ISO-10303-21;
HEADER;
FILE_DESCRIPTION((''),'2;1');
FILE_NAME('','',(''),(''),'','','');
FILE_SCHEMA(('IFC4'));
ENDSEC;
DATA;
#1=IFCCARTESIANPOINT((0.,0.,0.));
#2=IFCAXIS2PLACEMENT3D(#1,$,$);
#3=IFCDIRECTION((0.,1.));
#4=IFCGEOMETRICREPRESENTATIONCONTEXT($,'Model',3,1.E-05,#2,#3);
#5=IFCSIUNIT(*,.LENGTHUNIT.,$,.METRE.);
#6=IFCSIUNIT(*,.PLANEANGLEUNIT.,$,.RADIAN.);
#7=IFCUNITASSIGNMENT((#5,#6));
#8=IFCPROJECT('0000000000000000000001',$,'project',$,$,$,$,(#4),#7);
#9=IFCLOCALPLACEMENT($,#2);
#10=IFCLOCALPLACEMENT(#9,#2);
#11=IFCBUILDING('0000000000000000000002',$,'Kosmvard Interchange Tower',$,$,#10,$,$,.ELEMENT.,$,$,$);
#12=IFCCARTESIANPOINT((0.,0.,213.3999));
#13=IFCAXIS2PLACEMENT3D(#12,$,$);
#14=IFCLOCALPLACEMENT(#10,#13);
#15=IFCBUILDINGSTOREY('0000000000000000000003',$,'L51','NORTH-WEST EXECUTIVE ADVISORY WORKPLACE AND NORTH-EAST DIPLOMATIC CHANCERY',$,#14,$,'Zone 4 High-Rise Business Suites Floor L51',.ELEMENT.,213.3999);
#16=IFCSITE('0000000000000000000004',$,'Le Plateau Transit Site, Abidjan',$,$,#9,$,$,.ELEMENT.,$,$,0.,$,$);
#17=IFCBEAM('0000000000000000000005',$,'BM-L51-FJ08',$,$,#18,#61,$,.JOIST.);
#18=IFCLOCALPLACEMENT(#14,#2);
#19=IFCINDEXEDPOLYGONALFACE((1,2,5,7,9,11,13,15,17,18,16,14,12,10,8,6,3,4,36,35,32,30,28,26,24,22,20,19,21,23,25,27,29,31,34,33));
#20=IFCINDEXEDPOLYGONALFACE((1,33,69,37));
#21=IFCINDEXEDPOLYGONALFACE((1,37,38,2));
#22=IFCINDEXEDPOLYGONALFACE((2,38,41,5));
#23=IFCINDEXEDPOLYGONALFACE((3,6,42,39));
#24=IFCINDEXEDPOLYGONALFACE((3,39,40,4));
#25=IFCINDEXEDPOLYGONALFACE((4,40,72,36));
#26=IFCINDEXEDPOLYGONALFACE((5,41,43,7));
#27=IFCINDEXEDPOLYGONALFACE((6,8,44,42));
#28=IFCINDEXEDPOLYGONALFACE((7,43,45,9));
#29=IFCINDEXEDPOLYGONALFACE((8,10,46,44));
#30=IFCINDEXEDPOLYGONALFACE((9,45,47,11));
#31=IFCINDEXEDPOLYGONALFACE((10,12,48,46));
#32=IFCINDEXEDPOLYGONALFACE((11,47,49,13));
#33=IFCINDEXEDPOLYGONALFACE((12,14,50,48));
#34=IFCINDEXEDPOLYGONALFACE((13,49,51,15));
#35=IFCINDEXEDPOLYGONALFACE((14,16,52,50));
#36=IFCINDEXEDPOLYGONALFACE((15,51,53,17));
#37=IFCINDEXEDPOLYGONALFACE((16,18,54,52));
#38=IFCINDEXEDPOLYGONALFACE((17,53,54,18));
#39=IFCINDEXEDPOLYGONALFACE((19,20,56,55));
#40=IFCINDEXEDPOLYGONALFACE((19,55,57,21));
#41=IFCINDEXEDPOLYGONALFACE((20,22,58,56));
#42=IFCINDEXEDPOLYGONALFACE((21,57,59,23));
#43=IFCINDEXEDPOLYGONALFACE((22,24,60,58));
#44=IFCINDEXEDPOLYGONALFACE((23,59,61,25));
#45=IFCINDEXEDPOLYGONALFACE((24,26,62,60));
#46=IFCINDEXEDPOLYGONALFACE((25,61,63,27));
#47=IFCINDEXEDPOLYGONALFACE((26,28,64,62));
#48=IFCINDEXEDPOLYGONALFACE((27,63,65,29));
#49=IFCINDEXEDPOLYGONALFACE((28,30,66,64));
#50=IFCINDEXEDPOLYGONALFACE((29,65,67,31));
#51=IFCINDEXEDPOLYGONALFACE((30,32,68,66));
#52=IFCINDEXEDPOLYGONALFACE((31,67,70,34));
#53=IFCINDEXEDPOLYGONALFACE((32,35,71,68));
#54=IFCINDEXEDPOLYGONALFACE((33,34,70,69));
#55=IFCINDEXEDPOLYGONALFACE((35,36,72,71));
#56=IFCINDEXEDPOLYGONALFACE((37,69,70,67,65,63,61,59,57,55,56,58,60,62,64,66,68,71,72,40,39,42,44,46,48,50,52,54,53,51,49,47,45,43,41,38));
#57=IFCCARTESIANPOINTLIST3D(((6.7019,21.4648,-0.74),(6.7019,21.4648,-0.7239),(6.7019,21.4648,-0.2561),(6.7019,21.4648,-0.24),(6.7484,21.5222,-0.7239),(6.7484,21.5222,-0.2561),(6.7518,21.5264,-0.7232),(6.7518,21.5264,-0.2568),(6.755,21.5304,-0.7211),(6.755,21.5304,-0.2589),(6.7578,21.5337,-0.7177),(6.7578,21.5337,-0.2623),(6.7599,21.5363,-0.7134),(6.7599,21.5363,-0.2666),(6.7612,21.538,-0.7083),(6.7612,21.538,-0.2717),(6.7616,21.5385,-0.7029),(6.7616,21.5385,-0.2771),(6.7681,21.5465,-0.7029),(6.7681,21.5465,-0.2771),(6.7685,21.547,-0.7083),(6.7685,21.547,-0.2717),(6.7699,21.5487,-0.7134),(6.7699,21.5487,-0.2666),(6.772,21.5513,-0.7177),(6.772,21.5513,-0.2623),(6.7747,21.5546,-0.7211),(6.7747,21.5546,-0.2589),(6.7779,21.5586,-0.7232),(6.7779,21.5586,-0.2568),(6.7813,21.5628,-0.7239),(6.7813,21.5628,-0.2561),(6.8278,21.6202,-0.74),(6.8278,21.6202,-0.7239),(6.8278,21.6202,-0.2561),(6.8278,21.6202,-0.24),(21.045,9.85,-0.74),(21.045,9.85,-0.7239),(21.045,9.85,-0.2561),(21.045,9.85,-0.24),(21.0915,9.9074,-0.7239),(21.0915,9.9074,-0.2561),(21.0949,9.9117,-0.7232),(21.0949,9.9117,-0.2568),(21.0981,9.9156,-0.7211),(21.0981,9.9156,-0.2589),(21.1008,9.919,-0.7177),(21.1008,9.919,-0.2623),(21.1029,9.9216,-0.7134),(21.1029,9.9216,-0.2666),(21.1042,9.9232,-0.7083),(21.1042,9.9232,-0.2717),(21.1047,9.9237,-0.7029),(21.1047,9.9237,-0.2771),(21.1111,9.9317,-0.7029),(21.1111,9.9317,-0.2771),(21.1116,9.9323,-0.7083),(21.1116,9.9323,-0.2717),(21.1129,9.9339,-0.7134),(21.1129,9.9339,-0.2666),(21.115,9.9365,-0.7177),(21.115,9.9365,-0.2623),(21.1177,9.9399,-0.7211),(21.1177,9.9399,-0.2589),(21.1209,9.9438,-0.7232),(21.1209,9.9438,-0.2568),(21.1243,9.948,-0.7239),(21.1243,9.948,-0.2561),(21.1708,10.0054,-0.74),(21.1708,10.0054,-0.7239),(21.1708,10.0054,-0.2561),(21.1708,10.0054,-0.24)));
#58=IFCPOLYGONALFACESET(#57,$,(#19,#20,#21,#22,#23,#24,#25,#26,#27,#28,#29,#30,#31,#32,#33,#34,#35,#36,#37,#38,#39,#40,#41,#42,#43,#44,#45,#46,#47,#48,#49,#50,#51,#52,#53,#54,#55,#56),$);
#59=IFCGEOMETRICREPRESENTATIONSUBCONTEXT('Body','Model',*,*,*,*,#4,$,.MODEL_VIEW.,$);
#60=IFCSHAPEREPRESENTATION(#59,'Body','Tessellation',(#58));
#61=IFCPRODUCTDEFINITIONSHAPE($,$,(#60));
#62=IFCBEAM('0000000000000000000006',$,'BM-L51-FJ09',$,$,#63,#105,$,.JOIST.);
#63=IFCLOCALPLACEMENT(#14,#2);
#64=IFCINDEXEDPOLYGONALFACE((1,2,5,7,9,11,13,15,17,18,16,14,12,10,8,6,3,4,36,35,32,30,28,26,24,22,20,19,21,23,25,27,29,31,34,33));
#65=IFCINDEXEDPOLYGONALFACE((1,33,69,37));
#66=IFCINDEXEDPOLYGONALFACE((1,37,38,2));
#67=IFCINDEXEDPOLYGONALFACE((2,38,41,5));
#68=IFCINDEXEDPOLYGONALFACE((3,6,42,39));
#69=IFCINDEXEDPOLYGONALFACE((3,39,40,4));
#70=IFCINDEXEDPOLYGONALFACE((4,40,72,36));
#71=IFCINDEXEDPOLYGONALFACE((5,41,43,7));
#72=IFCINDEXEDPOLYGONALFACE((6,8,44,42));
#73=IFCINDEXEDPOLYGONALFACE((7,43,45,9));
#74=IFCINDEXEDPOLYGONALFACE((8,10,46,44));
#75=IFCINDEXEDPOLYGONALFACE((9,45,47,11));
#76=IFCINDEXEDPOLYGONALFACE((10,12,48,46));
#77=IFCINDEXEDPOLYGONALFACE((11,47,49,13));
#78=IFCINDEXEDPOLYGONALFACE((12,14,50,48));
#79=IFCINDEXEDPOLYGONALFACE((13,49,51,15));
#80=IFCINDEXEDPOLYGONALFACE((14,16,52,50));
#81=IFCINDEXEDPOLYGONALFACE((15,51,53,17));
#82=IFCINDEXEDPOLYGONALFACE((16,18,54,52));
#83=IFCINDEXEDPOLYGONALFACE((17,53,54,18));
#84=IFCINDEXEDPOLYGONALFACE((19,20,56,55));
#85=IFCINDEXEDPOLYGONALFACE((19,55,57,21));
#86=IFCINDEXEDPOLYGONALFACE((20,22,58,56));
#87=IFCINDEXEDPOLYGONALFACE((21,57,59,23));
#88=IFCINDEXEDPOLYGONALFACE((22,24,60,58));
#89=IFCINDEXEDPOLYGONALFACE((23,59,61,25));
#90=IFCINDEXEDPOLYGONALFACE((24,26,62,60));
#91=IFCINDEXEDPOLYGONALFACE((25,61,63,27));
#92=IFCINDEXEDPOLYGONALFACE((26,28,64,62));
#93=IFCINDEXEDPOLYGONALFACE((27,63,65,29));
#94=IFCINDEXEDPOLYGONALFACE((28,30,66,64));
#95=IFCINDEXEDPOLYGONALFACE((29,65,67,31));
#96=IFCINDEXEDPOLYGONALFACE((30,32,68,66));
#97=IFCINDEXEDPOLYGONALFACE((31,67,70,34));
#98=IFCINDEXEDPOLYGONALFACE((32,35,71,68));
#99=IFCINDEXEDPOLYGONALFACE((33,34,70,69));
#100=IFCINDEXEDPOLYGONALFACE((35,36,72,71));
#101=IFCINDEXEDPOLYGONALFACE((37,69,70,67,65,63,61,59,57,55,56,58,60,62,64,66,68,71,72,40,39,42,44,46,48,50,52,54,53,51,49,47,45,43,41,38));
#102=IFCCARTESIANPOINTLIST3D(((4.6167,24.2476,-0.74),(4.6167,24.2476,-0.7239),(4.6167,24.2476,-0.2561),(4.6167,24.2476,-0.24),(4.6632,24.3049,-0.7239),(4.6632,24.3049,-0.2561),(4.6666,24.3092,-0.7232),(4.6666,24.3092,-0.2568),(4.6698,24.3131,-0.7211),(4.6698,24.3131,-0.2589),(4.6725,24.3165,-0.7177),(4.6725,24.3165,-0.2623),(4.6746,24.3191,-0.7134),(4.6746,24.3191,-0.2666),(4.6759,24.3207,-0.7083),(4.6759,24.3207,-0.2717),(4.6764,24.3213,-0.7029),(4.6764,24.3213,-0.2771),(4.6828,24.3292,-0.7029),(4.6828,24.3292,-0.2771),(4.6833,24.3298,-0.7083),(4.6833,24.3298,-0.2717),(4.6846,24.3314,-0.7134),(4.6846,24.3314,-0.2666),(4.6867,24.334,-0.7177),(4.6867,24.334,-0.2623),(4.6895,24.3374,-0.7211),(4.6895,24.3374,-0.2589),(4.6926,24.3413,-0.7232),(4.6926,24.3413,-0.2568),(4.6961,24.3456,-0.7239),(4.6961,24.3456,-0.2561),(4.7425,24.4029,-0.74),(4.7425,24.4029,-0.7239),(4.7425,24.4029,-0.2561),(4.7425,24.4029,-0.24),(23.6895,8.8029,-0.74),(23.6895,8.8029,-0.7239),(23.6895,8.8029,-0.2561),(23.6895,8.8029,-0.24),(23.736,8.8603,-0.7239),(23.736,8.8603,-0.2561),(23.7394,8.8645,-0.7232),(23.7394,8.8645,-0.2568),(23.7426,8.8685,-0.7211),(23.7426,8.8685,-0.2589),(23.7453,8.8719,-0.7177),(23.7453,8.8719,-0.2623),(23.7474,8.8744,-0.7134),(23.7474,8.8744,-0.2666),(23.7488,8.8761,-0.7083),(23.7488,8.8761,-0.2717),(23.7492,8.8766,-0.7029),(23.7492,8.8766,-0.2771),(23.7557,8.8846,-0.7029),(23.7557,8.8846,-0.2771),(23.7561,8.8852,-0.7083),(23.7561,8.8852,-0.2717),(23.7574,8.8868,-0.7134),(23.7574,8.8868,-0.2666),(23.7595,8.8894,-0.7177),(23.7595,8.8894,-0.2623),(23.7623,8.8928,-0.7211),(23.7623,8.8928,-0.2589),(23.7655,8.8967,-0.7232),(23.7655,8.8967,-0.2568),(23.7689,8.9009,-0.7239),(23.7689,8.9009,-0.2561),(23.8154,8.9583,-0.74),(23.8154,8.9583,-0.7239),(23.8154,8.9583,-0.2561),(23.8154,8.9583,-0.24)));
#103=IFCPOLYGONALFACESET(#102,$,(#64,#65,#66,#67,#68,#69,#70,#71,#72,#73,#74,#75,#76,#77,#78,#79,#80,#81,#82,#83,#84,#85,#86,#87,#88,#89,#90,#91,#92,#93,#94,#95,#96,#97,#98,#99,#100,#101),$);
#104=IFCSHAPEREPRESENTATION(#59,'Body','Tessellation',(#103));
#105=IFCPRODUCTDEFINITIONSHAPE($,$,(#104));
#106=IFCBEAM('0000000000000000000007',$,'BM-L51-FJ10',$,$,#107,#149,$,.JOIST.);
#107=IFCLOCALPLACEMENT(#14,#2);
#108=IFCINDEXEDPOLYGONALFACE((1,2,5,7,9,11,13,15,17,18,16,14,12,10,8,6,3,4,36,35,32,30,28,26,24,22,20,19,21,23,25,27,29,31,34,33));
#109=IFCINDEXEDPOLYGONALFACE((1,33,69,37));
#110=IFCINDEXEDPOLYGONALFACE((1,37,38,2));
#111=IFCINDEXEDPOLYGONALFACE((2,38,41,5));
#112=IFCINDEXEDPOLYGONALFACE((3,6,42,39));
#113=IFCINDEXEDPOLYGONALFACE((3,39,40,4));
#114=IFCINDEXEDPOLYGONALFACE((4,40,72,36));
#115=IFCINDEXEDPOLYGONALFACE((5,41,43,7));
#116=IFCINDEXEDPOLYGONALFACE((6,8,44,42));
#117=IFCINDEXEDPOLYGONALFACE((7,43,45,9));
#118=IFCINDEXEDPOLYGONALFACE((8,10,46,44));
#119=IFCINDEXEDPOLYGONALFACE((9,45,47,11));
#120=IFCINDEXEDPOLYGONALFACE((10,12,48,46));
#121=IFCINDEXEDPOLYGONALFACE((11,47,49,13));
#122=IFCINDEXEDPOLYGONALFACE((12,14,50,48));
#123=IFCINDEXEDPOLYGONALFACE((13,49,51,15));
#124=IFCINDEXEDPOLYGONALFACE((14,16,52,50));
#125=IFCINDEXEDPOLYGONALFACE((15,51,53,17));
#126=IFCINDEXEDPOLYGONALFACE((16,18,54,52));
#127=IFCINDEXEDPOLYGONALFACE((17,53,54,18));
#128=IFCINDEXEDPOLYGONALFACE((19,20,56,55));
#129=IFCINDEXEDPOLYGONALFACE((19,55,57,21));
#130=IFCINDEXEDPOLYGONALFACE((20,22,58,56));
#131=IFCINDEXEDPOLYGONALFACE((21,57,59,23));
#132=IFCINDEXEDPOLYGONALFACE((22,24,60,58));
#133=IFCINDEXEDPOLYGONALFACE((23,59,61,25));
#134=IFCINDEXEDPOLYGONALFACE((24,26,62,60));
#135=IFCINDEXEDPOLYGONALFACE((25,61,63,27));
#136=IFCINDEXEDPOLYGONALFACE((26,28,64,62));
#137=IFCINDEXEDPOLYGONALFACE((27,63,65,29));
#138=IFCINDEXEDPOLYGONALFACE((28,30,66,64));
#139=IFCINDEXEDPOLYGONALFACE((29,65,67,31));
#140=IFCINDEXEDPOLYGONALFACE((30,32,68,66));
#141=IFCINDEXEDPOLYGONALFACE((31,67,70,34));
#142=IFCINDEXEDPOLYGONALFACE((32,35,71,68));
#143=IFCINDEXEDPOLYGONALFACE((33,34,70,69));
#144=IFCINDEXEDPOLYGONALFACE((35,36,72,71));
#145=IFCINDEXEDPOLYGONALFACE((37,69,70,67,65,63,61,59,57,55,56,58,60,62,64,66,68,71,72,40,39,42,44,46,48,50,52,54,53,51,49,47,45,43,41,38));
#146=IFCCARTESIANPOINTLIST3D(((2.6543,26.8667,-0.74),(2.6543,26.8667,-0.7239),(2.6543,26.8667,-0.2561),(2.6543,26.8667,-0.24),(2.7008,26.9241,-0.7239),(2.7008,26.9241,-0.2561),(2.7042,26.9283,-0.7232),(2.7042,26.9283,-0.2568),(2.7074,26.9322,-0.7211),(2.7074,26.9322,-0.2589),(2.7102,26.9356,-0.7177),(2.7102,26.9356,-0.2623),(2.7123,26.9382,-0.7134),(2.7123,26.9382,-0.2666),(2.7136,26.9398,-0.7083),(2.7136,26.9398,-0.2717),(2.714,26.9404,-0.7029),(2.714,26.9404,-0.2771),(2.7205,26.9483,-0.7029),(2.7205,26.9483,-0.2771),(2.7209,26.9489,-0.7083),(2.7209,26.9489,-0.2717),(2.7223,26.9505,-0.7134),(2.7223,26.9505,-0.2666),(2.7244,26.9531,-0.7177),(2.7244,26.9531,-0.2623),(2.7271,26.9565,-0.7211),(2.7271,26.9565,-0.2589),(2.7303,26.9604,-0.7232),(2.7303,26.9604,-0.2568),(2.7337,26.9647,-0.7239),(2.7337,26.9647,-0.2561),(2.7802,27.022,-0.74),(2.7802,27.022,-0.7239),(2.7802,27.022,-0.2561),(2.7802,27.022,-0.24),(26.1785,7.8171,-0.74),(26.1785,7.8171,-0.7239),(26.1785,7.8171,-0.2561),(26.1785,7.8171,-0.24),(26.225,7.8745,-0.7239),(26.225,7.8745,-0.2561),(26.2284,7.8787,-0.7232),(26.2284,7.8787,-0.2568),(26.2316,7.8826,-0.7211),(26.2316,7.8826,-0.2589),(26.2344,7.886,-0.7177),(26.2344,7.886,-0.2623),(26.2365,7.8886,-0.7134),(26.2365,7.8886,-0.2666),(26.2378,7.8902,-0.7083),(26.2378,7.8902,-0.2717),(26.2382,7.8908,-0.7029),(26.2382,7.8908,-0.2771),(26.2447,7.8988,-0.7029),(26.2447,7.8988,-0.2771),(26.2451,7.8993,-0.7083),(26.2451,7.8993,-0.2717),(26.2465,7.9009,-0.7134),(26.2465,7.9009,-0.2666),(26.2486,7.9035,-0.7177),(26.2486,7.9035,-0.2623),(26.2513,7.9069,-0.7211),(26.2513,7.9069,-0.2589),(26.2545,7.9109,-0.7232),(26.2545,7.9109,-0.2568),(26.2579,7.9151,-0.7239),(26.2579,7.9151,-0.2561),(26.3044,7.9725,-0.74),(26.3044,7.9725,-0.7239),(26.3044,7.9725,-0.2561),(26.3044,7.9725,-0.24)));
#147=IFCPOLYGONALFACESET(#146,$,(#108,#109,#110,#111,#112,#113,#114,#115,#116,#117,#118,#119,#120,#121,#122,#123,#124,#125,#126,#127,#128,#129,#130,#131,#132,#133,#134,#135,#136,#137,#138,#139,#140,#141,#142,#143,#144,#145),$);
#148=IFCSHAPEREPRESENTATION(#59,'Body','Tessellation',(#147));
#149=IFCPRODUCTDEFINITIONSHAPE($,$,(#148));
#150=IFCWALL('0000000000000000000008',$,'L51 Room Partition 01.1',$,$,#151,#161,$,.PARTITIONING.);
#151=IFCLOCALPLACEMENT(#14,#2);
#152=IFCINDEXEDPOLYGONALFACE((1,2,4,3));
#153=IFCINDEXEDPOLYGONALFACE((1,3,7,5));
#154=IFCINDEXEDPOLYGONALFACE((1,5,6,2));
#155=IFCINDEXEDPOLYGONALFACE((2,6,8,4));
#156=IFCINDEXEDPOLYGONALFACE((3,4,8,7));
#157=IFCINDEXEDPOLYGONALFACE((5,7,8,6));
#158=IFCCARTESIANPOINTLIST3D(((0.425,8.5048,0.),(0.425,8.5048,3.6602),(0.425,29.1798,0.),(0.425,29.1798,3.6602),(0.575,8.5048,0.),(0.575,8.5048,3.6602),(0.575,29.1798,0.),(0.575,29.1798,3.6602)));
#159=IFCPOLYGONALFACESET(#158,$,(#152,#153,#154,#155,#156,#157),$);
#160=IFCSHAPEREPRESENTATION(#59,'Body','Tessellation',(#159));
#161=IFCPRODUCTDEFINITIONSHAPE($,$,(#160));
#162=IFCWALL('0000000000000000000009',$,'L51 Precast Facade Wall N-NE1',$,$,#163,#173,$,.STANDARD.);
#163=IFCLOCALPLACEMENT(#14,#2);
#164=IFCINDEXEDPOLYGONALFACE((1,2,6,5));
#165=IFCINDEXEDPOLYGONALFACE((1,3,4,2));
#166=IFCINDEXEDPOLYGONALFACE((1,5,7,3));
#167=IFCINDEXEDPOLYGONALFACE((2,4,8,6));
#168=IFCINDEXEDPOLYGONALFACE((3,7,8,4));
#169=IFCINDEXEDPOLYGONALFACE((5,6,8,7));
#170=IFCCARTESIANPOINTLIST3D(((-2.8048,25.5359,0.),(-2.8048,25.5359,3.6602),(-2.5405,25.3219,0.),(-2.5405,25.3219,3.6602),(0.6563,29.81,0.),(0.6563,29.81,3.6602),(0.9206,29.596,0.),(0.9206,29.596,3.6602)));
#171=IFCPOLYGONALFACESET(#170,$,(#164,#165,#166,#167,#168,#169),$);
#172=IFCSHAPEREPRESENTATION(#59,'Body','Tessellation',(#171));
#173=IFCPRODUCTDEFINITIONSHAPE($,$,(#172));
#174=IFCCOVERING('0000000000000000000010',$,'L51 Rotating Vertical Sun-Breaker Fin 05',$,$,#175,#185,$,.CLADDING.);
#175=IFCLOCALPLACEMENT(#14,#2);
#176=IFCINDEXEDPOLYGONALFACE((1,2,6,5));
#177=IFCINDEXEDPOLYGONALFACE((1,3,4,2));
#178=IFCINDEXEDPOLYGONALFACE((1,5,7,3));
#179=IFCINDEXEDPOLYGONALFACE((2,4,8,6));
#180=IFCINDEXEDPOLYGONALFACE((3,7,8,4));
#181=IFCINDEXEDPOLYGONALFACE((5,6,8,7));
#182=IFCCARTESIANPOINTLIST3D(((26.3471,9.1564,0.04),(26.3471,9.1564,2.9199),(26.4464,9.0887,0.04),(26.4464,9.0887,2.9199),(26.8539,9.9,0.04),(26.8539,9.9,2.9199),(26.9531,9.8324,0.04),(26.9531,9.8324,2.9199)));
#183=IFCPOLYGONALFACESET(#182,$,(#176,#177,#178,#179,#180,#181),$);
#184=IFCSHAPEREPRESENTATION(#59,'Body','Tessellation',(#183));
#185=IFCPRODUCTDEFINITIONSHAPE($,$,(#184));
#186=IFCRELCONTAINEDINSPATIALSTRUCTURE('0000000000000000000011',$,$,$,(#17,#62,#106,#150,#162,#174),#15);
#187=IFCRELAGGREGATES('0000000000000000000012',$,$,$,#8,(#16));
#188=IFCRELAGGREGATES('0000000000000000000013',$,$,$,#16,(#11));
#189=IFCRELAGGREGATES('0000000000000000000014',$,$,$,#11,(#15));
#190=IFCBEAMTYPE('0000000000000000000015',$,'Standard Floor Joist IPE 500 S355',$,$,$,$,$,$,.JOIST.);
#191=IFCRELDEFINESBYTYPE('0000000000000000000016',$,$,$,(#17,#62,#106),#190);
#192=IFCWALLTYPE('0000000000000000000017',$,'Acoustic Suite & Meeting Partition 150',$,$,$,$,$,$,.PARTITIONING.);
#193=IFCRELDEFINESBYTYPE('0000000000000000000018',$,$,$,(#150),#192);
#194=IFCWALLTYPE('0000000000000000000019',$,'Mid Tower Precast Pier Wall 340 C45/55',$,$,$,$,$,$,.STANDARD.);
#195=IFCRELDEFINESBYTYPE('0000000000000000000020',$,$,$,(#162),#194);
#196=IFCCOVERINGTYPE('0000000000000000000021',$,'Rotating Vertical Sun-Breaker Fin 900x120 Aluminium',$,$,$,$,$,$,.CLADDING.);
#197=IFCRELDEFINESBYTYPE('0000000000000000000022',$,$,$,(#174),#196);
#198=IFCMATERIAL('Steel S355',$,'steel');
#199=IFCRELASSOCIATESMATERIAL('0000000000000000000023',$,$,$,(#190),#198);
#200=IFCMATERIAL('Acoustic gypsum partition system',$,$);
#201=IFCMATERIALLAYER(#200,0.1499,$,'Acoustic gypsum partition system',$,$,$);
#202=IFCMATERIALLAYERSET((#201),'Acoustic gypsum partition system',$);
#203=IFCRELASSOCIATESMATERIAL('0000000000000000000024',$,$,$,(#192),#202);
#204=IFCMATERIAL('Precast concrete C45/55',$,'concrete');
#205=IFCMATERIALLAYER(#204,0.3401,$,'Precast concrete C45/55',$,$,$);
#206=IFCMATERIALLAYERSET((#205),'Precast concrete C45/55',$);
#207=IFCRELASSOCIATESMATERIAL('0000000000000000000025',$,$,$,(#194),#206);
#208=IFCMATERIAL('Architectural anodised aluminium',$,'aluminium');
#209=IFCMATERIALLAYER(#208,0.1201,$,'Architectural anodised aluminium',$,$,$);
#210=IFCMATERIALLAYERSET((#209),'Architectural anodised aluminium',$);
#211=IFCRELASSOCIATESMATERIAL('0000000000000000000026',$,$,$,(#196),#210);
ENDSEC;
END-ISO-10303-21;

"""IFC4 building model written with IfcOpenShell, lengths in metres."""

from ifc_helpers import new_model, si_unit, direction, frame, frame_2d, origin, origin_2d, place, context, subcontext, project, spatial, rectangle, i_section, extrude, source, transform, mapped, material, layer, layer_set, material_profile, profile_set, type_object, element, save


model = new_model("IFC4")

# Units and contexts
model_context = context("Model", 3, precision=1e-05, world=origin(), true_north=direction((0.0, 1.0)))
body_context = subcontext(model_context, "Body", "Model", "MODEL_VIEW")
ifc_project = project(units=[si_unit("LENGTHUNIT", "METRE"), si_unit("PLANEANGLEUNIT", "RADIAN")], contexts=[model_context])

# Site, building, storey
site_placement = place(None, origin())
site = spatial("IfcSite", under=ifc_project, at=site_placement, Name="Le Plateau Transit Site, Abidjan", CompositionType="ELEMENT", RefElevation=0.0)
building_placement = place(site_placement, origin())
building = spatial("IfcBuilding", under=site, at=building_placement, Name="Kosmvard Interchange Tower", CompositionType="ELEMENT")
storey_placement = place(building_placement, frame((0.0, 0.0, 213.3999)))
storey = spatial("IfcBuildingStorey", under=building, at=storey_placement, Name="L51", Description="NORTH-WEST EXECUTIVE ADVISORY WORKPLACE AND NORTH-EAST DIPLOMATIC CHANCERY", LongName="Zone 4 High-Rise Business Suites Floor L51", CompositionType="ELEMENT", Elevation=213.3999)

# Beams
ifc_material_1 = material(Name="Steel S355", Category="steel")
ifc_material_2 = material(Name="Precast concrete C45/55", Category="concrete")
ifc_material_profile_1 = material_profile(ifc_material_1, i_section(OverallWidth=0.2, OverallDepth=0.5, WebThickness=0.0103, FlangeThickness=0.0161, FilletRadius=0.021, at=origin_2d()), Name="IPE 500")
ifc_profile_set_1 = profile_set([ifc_material_profile_1], Name="Steel S355")
beam_type_1 = type_object("IfcBeamType", Name="Standard Floor Joist IPE 500 S355", PredefinedType="JOIST", material=ifc_profile_set_1)
shared_shape_1 = source(origin(), body_context, "Body", "SweptSolid", [
    extrude(i_section(OverallWidth=0.2, OverallDepth=0.5, WebThickness=0.0103, FlangeThickness=0.0161, FilletRadius=0.021, at=origin_2d()), origin(), (0.0, 0.0, 1.0), 18.4561),
])
beam_1_placement = place(storey_placement, frame((21.1079, 9.9277, -0.49), z_axis=(-0.777146, 0.62932, 0.0), x_axis=(-0.62932, -0.777146, 0.0)))
element("IfcBeam", 1, at=beam_1_placement, inside=storey, type_object=beam_type_1, Name="BM-L51-FJ08", PredefinedType="JOIST", context=body_context, shape_type="MappedRepresentation", body=[
    mapped(shared_shape_1, transform((0.0, 0.0, 0.0), scale=1.0)),
])
shared_shape_2 = source(origin(), body_context, "Body", "SweptSolid", [
    extrude(i_section(OverallWidth=0.2, OverallDepth=0.5, WebThickness=0.0103, FlangeThickness=0.0161, FilletRadius=0.021, at=origin_2d()), origin(), (0.0, 0.0, 1.0), 24.542),
])
beam_2_placement = place(storey_placement, frame((23.7524, 8.8806, -0.49), z_axis=(-0.777151, 0.629315, 0.0), x_axis=(-0.629315, -0.777151, 0.0)))
element("IfcBeam", 2, at=beam_2_placement, inside=storey, type_object=beam_type_1, Name="BM-L51-FJ09", PredefinedType="JOIST", context=body_context, shape_type="MappedRepresentation", body=[
    mapped(shared_shape_2, transform((0.0, 0.0, 0.0), scale=1.0)),
])
shared_shape_3 = source(origin(), body_context, "Body", "SweptSolid", [
    extrude(i_section(OverallWidth=0.2, OverallDepth=0.5, WebThickness=0.0103, FlangeThickness=0.0161, FilletRadius=0.021, at=origin_2d()), origin(), (0.0, 0.0, 1.0), 30.27),
])
beam_3_placement = place(storey_placement, frame((26.2415, 7.8948, -0.49), z_axis=(-0.777145, 0.629322, 0.0), x_axis=(-0.629322, -0.777145, 0.0)))
element("IfcBeam", 3, at=beam_3_placement, inside=storey, type_object=beam_type_1, Name="BM-L51-FJ10", PredefinedType="JOIST", context=body_context, shape_type="MappedRepresentation", body=[
    mapped(shared_shape_3, transform((0.0, 0.0, 0.0), scale=1.0)),
])

# Walls
ifc_material_3 = material(Name="Acoustic gypsum partition system")
ifc_layer_1 = layer(ifc_material_3, 0.1499, Name="Acoustic gypsum partition system")
ifc_layer_set_1 = layer_set([ifc_layer_1], Name="Acoustic gypsum partition system")
wall_type_1 = type_object("IfcWallType", Name="Acoustic Suite & Meeting Partition 150", PredefinedType="PARTITIONING", material=ifc_layer_set_1)
wall_1_placement = place(storey_placement, frame((0.5, 8.5049, 0.0), z_axis=(0.0, 0.0, 1.0), x_axis=(0.0, 1.0, 0.0)))
element("IfcWall", 4, at=wall_1_placement, inside=storey, type_object=wall_type_1, Name="L51 Room Partition 01.1", PredefinedType="PARTITIONING", context=body_context, shape_type="SweptSolid", body=[
    extrude(rectangle(XDim=20.675, YDim=0.1499, at=frame_2d((10.3374, 0.0))), origin(), (0.0, 0.0, 1.0), 3.6602),
])
ifc_layer_2 = layer(ifc_material_2, 0.3401, Name="Precast concrete C45/55")
ifc_layer_set_2 = layer_set([ifc_layer_2], Name="Precast concrete C45/55")
wall_type_2 = type_object("IfcWallType", Name="Mid Tower Precast Pier Wall 340 C45/55", PredefinedType="STANDARD", material=ifc_layer_set_2)
wall_2_placement = place(storey_placement, frame((0.7886, 29.7031, 0.0), z_axis=(0.0, 0.0, 1.0), x_axis=(-0.629323, -0.777144, 0.0)))
element("IfcWall", 5, at=wall_2_placement, inside=storey, type_object=wall_type_2, Name="L51 Precast Facade Wall N-NE1", PredefinedType="STANDARD", context=body_context, shape_type="SweptSolid", body=[
    extrude(rectangle(XDim=5.4998, YDim=0.3401, at=frame_2d((2.75, 0.0))), origin(), (0.0, 0.0, 1.0), 3.6602),
])

# Covering
ifc_material_4 = material(Name="Architectural anodised aluminium", Category="aluminium")
ifc_layer_3 = layer(ifc_material_4, 0.1201, Name="Architectural anodised aluminium")
ifc_layer_set_3 = layer_set([ifc_layer_3], Name="Architectural anodised aluminium")
covering_type = type_object("IfcCoveringType", Name="Rotating Vertical Sun-Breaker Fin 900x120 Aluminium", PredefinedType="CLADDING", material=ifc_layer_set_3)
shared_shape_4 = source(origin(), body_context, "Body", "SweptSolid", [
    extrude(rectangle(XDim=0.8999, YDim=0.1201, at=origin_2d()), origin(), (0.0, 0.0, 1.0), 2.8799),
])
for number, where, z_axis, x_axis, name in (
    (6, (26.6501, 9.4944, 0.04), (0.0, 0.0, 1.0), (0.563093, 0.826393, 0.0), "L51 Rotating Vertical Sun-Breaker Fin 05"),
):
    element("IfcCovering", number, at=place(storey_placement, frame(where, z_axis=z_axis, x_axis=x_axis)), inside=storey, type_object=covering_type, Name=name, PredefinedType="CLADDING", context=body_context, shape_type="MappedRepresentation", body=[
        mapped(shared_shape_4, transform((0.0, 0.0, 0.0), scale=1.0)),
    ])

save(model, "model.ifc")
